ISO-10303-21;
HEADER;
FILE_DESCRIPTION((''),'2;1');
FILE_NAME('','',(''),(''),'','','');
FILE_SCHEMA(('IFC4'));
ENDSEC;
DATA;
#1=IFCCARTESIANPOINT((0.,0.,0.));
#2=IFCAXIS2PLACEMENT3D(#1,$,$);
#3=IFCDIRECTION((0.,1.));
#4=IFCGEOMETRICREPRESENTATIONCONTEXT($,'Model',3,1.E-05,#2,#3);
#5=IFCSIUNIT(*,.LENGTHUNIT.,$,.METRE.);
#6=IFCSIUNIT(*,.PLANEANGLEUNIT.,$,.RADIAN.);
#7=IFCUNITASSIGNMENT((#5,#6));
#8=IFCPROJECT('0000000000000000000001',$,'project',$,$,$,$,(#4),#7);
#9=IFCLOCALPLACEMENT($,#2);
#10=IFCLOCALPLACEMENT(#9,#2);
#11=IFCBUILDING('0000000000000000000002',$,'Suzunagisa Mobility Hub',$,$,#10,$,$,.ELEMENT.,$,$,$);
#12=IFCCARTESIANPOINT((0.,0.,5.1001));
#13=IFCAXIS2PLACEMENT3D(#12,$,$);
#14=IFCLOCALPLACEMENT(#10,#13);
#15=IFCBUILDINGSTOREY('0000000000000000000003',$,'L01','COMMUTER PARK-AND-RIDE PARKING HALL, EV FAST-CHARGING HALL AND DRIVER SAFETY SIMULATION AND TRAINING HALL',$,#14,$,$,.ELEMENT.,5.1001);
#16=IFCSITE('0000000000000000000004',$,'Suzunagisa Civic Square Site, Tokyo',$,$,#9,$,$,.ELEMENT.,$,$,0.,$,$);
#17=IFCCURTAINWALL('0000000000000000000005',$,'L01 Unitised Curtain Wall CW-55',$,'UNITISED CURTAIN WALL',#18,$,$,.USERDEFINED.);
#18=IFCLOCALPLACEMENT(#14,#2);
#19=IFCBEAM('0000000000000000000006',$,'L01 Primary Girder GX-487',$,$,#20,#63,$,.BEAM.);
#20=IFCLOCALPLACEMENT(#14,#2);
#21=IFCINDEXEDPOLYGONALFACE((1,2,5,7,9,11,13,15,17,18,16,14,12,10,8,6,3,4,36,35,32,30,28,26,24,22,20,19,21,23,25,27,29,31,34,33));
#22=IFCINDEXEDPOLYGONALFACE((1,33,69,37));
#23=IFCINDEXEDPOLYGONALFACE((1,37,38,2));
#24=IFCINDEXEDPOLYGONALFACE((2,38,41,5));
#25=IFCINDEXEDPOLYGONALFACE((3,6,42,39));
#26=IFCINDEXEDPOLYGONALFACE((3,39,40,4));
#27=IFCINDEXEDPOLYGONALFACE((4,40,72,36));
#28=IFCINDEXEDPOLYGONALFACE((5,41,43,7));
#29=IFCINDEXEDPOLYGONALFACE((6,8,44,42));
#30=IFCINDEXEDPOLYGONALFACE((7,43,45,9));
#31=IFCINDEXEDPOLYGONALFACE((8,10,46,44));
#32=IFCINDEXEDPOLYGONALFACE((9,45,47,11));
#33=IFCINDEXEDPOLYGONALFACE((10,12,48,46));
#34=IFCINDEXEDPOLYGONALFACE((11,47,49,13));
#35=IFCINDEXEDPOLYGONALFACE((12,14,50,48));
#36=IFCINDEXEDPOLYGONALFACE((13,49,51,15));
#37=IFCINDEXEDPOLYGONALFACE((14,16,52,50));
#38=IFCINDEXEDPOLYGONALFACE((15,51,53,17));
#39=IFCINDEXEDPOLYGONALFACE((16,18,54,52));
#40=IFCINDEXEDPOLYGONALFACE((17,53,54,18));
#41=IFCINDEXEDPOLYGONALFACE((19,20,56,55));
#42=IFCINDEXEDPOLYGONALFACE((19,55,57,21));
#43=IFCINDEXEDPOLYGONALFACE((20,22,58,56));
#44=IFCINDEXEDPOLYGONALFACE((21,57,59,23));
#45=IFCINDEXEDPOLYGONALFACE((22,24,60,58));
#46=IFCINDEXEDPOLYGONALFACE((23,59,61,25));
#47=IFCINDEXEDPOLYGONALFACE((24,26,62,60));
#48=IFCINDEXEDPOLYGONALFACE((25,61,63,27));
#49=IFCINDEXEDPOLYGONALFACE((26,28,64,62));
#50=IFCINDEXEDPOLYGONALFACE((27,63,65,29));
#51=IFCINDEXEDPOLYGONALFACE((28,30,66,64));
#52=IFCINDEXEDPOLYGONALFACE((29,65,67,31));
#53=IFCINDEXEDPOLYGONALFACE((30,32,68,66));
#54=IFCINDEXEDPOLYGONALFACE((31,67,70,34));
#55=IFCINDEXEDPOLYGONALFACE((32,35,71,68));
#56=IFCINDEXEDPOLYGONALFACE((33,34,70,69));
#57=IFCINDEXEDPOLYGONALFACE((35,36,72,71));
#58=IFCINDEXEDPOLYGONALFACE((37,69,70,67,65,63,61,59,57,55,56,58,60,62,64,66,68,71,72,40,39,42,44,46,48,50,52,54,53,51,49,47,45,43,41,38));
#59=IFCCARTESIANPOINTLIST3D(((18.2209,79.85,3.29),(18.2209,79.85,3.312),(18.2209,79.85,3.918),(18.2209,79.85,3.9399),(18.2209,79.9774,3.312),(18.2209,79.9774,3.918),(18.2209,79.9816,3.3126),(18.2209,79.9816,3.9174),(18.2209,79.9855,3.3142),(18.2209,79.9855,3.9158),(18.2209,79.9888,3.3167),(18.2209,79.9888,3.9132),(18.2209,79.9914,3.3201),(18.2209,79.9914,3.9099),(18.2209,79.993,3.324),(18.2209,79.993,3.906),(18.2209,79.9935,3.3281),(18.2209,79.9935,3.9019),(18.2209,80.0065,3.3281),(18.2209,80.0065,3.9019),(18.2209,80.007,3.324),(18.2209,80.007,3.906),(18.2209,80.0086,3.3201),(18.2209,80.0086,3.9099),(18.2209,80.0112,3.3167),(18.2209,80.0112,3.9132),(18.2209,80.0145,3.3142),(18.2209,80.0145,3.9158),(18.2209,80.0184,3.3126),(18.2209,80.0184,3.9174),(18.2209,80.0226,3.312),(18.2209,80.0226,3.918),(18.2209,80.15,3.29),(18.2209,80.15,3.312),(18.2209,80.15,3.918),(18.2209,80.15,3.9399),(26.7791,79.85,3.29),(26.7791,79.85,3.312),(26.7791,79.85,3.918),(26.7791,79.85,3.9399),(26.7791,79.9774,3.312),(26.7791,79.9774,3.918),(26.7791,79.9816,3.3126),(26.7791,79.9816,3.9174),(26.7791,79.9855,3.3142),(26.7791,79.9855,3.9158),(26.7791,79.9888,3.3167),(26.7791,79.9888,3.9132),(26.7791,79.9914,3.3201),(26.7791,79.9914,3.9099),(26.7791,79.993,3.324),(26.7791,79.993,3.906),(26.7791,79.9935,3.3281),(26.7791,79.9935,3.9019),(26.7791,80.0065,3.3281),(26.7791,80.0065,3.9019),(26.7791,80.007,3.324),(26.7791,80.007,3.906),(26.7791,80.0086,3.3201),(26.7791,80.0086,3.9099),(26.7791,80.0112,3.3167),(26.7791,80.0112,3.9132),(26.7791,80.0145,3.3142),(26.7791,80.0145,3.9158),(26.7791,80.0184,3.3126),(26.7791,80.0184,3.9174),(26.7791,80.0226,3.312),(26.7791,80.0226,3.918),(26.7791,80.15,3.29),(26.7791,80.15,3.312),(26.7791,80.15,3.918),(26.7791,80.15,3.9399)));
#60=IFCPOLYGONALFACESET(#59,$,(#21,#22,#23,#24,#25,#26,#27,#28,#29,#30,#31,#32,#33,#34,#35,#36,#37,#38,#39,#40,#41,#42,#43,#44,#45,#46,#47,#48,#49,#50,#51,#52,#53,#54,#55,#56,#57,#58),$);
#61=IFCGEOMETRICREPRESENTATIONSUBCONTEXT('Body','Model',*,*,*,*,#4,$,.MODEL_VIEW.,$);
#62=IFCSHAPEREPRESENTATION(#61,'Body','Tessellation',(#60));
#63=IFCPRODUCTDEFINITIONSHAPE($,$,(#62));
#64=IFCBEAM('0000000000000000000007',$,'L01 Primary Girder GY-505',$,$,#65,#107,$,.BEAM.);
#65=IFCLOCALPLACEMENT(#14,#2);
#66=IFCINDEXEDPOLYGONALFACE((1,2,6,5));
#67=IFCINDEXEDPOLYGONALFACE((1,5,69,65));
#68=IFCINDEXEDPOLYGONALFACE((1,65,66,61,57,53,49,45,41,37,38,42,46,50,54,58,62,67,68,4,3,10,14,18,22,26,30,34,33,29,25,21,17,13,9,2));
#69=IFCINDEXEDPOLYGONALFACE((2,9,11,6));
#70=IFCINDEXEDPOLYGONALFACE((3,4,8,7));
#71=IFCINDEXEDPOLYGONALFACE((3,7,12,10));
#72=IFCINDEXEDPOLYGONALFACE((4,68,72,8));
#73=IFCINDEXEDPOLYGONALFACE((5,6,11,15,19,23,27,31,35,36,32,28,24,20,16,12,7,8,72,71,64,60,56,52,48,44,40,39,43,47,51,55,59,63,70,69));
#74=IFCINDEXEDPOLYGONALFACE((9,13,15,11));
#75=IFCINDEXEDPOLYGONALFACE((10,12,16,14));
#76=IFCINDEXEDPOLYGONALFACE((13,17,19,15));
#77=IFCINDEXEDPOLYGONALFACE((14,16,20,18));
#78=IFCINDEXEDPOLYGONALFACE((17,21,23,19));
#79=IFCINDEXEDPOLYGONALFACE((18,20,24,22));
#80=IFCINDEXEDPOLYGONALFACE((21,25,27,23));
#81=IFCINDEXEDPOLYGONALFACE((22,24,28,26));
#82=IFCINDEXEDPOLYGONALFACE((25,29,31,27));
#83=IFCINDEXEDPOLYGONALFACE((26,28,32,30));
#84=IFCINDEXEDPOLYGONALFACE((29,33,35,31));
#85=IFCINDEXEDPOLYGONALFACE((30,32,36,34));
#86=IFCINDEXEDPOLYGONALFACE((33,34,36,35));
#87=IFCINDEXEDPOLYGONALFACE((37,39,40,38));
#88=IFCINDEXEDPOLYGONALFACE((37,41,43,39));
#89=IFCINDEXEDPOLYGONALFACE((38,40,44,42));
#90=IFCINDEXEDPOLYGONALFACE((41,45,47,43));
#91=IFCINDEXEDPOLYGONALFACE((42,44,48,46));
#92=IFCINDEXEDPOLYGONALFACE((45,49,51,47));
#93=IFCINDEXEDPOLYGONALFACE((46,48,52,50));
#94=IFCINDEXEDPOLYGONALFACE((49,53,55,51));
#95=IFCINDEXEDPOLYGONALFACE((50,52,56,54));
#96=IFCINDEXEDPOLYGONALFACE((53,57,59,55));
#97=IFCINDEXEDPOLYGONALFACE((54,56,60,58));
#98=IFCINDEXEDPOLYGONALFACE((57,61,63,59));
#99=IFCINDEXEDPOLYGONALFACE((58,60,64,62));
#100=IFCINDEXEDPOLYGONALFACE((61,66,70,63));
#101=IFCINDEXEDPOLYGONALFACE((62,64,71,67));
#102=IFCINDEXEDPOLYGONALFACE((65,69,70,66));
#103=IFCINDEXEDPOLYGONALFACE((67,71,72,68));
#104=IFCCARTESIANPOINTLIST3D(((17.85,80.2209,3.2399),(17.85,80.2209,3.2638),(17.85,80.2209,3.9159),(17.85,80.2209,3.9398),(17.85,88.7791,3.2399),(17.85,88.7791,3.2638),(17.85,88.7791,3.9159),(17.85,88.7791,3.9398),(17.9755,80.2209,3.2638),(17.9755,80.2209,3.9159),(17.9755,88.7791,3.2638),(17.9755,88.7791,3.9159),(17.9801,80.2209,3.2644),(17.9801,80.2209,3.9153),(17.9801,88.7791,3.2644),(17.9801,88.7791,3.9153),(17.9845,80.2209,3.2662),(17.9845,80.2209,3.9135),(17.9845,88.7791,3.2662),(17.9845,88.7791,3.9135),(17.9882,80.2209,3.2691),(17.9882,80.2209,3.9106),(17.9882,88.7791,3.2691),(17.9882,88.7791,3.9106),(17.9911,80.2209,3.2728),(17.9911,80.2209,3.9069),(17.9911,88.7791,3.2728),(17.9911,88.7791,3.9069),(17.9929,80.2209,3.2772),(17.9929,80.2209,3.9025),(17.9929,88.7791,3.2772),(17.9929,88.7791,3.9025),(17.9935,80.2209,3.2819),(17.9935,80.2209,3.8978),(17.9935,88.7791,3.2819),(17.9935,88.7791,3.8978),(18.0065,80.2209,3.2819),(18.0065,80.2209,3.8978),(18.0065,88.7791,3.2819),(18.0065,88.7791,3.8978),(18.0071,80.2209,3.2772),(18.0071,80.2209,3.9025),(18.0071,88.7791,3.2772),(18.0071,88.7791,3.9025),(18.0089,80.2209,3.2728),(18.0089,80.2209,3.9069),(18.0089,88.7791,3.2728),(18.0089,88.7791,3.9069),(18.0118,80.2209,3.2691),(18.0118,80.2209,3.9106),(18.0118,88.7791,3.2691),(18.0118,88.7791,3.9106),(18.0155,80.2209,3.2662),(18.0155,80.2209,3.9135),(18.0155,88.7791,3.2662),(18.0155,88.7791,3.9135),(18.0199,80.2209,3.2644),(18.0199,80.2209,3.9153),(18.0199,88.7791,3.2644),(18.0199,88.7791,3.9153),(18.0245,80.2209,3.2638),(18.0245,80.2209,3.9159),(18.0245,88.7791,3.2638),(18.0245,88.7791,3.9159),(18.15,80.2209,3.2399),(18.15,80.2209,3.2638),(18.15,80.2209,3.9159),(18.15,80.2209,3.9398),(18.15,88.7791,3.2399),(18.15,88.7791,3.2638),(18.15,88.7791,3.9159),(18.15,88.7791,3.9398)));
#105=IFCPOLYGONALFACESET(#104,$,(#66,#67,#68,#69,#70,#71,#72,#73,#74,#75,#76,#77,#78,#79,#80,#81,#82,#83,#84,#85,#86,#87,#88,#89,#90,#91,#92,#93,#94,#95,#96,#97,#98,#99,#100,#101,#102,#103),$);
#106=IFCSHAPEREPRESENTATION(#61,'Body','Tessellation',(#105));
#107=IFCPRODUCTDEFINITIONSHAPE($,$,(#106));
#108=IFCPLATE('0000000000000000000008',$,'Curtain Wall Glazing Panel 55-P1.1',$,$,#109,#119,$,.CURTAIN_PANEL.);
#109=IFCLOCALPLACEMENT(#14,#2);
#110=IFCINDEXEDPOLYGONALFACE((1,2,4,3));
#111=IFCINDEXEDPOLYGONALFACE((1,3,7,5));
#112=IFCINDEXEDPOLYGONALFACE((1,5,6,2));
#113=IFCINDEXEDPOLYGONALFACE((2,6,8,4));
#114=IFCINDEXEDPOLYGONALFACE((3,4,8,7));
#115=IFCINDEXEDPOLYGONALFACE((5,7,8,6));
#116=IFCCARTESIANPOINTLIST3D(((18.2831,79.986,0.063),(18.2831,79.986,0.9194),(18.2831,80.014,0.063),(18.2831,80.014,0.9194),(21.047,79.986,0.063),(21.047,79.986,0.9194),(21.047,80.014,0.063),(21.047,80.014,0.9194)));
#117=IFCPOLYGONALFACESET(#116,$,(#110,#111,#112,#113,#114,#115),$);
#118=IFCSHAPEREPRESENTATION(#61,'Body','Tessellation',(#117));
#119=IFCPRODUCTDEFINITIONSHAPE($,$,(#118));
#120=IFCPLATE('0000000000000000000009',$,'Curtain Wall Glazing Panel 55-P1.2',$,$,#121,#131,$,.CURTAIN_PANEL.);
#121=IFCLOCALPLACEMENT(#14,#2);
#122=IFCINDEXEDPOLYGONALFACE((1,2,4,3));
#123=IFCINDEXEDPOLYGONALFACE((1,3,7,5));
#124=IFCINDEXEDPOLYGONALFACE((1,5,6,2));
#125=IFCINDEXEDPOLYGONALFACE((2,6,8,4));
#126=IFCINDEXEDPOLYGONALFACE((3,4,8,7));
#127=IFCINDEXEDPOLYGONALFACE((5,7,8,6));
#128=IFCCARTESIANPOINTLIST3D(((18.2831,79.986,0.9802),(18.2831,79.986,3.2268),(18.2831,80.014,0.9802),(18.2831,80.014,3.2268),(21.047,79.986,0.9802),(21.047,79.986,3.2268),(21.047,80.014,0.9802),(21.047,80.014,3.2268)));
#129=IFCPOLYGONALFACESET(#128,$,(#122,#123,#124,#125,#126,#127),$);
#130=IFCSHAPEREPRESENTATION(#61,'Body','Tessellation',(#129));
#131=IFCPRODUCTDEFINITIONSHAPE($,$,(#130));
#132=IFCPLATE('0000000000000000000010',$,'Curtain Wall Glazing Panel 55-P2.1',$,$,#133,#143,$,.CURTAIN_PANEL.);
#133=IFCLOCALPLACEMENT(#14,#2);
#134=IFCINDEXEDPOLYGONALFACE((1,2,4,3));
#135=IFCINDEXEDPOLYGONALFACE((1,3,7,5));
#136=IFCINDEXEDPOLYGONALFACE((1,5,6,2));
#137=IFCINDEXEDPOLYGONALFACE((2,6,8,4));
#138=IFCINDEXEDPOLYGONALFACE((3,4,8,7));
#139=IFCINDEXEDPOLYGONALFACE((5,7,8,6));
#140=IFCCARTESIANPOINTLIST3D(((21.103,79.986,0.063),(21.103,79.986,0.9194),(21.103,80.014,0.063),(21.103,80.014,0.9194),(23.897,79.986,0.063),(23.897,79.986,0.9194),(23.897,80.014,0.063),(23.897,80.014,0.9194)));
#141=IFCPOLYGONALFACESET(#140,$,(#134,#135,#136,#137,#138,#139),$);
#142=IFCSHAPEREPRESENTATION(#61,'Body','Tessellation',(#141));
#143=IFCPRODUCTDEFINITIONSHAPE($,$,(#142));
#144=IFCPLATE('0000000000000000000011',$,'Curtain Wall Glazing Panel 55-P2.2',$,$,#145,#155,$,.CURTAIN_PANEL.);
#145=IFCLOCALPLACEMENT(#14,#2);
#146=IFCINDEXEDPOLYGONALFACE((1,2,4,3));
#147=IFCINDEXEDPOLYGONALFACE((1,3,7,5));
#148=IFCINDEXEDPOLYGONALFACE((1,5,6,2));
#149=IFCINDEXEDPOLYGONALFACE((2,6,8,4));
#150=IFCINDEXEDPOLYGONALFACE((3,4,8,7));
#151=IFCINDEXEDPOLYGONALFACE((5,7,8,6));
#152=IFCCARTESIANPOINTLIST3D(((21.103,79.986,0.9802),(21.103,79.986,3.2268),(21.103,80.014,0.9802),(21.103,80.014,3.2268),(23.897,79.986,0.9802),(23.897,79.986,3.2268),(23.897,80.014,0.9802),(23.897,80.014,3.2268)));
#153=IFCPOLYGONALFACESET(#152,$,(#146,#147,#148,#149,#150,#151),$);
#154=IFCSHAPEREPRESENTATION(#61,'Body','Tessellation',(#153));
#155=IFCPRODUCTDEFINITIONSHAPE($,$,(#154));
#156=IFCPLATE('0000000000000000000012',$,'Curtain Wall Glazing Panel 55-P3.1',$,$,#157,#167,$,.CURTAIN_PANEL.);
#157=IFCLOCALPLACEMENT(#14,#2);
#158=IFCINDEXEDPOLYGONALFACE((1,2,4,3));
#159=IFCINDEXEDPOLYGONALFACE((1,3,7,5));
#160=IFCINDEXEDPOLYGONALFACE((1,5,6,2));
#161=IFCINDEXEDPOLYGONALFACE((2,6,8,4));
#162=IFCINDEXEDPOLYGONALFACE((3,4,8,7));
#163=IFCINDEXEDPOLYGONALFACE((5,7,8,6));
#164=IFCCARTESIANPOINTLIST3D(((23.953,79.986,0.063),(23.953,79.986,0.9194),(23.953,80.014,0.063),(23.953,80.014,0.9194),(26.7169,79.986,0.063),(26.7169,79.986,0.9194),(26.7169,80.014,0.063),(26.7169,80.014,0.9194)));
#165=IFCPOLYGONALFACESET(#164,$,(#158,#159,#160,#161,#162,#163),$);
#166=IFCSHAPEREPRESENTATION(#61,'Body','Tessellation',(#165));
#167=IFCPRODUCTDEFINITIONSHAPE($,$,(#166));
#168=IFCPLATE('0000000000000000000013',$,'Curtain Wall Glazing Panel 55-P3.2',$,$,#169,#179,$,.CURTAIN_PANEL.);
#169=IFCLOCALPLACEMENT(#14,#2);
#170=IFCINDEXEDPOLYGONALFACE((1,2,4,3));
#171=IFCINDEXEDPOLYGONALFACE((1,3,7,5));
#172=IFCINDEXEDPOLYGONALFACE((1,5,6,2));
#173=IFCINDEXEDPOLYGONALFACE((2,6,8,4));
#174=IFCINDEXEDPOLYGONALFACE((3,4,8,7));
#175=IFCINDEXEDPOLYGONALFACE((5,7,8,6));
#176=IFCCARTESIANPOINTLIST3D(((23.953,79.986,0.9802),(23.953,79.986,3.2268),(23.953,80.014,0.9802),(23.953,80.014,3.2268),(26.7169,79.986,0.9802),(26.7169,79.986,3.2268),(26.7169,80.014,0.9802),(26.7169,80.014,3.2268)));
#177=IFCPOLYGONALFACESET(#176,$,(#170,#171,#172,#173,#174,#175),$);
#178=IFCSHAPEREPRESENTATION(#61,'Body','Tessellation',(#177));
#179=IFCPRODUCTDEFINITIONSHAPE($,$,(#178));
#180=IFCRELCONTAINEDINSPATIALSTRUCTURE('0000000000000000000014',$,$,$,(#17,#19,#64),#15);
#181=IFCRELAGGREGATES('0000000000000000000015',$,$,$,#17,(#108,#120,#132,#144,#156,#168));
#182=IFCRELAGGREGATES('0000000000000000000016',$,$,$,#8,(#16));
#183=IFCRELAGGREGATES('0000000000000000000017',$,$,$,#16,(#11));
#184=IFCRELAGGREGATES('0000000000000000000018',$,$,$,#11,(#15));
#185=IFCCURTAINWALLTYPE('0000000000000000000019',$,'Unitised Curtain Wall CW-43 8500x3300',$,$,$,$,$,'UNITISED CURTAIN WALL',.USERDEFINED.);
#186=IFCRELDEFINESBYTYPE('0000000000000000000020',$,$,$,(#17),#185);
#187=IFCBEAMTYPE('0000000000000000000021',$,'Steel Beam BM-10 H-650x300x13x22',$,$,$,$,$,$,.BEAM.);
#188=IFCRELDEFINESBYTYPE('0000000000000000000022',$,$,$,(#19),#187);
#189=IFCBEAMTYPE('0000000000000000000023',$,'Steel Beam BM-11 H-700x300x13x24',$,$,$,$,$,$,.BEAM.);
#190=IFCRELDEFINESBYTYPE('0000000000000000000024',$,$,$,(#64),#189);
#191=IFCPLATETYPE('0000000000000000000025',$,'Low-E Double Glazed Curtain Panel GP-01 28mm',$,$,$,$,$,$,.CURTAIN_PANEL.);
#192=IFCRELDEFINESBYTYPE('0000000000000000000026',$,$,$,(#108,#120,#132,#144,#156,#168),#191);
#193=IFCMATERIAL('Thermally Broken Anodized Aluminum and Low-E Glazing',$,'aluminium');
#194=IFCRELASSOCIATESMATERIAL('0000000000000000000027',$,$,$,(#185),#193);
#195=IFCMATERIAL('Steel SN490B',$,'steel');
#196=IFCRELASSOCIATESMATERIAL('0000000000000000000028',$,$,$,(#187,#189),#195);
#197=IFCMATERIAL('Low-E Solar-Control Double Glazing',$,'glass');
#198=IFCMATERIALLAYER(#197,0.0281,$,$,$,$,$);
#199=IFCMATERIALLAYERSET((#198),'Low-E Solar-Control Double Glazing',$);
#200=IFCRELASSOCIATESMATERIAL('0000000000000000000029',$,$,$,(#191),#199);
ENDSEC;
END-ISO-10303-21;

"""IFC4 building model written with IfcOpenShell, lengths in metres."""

from ifc_helpers import new_model, si_unit, direction, frame, origin, origin_2d, place, context, subcontext, project, spatial, rectangle, i_section, extrude, material, layer, layer_set, material_profile, profile_set, type_object, element, aggregate, save


model = new_model("IFC4")

# Units and contexts
model_context = context("Model", 3, precision=1e-05, world=origin(), true_north=direction((0.0, 1.0)))
body_context = subcontext(model_context, "Body", "Model", "MODEL_VIEW")
ifc_project = project(units=[si_unit("LENGTHUNIT", "METRE"), si_unit("PLANEANGLEUNIT", "RADIAN")], contexts=[model_context])

# Site, building, storey
site_placement = place(None, origin())
site = spatial("IfcSite", under=ifc_project, at=site_placement, Name="Suzunagisa Civic Square Site, Tokyo", CompositionType="ELEMENT", RefElevation=0.0)
building_placement = place(site_placement, origin())
building = spatial("IfcBuilding", under=site, at=building_placement, Name="Suzunagisa Mobility Hub", CompositionType="ELEMENT")
storey_placement = place(building_placement, frame((0.0, 0.0, 5.1001)))
storey = spatial("IfcBuildingStorey", under=building, at=storey_placement, Name="L01", Description="COMMUTER PARK-AND-RIDE PARKING HALL, EV FAST-CHARGING HALL AND DRIVER SAFETY SIMULATION AND TRAINING HALL", CompositionType="ELEMENT", Elevation=5.1001)

# Shared definitions
ifc_material_1 = material(Name="Steel SN490B", Category="steel")

# Curtain wall
ifc_material_2 = material(Name="Thermally Broken Anodized Aluminum and Low-E Glazing", Category="aluminium")
curtain_wall_type = type_object("IfcCurtainWallType", Name="Unitised Curtain Wall CW-43 8500x3300", ElementType="UNITISED CURTAIN WALL", PredefinedType="USERDEFINED", material=ifc_material_2)
curtain_wall_placement = place(storey_placement, origin())
curtain_wall = element("IfcCurtainWall", 1, at=curtain_wall_placement, inside=storey, type_object=curtain_wall_type, Name="L01 Unitised Curtain Wall CW-55", ObjectType="UNITISED CURTAIN WALL", PredefinedType="USERDEFINED")

# Beams
ifc_material_profile_1 = material_profile(ifc_material_1, i_section(OverallWidth=0.3, OverallDepth=0.6499, WebThickness=0.0129, FlangeThickness=0.022, FilletRadius=0.0161, at=origin_2d()), Name="H-650x300x13x22")
ifc_profile_set_1 = profile_set([ifc_material_profile_1], Name="Steel SN490B")
beam_type_1 = type_object("IfcBeamType", Name="Steel Beam BM-10 H-650x300x13x22", PredefinedType="BEAM", material=ifc_profile_set_1)
beam_1_placement = place(storey_placement, frame((18.2209, 80.0, 3.615), z_axis=(1.0, 0.0, 0.0), x_axis=(0.0, 1.0, 0.0)))
element("IfcBeam", 2, at=beam_1_placement, inside=storey, type_object=beam_type_1, Name="L01 Primary Girder GX-487", PredefinedType="BEAM", context=body_context, shape_type="SweptSolid", body=[
    extrude(i_section(OverallWidth=0.3, OverallDepth=0.6499, WebThickness=0.0129, FlangeThickness=0.022, FilletRadius=0.0161, at=origin_2d()), origin(), (0.0, 0.0, 1.0), 8.5581),
])
ifc_material_profile_2 = material_profile(ifc_material_1, i_section(OverallWidth=0.3, OverallDepth=0.7, WebThickness=0.0129, FlangeThickness=0.0239, FilletRadius=0.0181, at=origin_2d()), Name="H-700x300x13x24")
ifc_profile_set_2 = profile_set([ifc_material_profile_2], Name="Steel SN490B")
beam_type_2 = type_object("IfcBeamType", Name="Steel Beam BM-11 H-700x300x13x24", PredefinedType="BEAM", material=ifc_profile_set_2)
beam_2_placement = place(storey_placement, frame((18.0, 80.2209, 3.5898), z_axis=(0.0, 1.0, 0.0), x_axis=(-1.0, 0.0, 0.0)))
element("IfcBeam", 3, at=beam_2_placement, inside=storey, type_object=beam_type_2, Name="L01 Primary Girder GY-505", PredefinedType="BEAM", context=body_context, shape_type="SweptSolid", body=[
    extrude(i_section(OverallWidth=0.3, OverallDepth=0.7, WebThickness=0.0129, FlangeThickness=0.0239, FilletRadius=0.0181, at=origin_2d()), origin(), (0.0, 0.0, 1.0), 8.5581),
])

# Plates
ifc_material_3 = material(Name="Low-E Solar-Control Double Glazing", Category="glass")
ifc_layer = layer(ifc_material_3, 0.0281)
ifc_layer_set = layer_set([ifc_layer], Name="Low-E Solar-Control Double Glazing")
plate_type = type_object("IfcPlateType", Name="Low-E Double Glazed Curtain Panel GP-01 28mm", PredefinedType="CURTAIN_PANEL", material=ifc_layer_set)
plate_1_placement = place(storey_placement, frame((19.665, 80.0, 0.063), z_axis=(0.0, 0.0, 1.0), x_axis=(1.0, 0.0, 0.0)))
plate_1 = element("IfcPlate", 4, at=plate_1_placement, type_object=plate_type, Name="Curtain Wall Glazing Panel 55-P1.1", PredefinedType="CURTAIN_PANEL", context=body_context, shape_type="SweptSolid", body=[
    extrude(rectangle(XDim=2.7639, YDim=0.0281, at=origin_2d()), origin(), (0.0, 0.0, 1.0), 0.8564),
])
plate_2_placement = place(storey_placement, frame((19.665, 80.0, 0.9802), z_axis=(0.0, 0.0, 1.0), x_axis=(1.0, 0.0, 0.0)))
plate_2 = element("IfcPlate", 5, at=plate_2_placement, type_object=plate_type, Name="Curtain Wall Glazing Panel 55-P1.2", PredefinedType="CURTAIN_PANEL", context=body_context, shape_type="SweptSolid", body=[
    extrude(rectangle(XDim=2.7639, YDim=0.0281, at=origin_2d()), origin(), (0.0, 0.0, 1.0), 2.2466),
])
plate_3_placement = place(storey_placement, frame((22.5, 80.0, 0.063), z_axis=(0.0, 0.0, 1.0), x_axis=(1.0, 0.0, 0.0)))
plate_3 = element("IfcPlate", 6, at=plate_3_placement, type_object=plate_type, Name="Curtain Wall Glazing Panel 55-P2.1", PredefinedType="CURTAIN_PANEL", context=body_context, shape_type="SweptSolid", body=[
    extrude(rectangle(XDim=2.7939, YDim=0.0281, at=origin_2d()), origin(), (0.0, 0.0, 1.0), 0.8564),
])
plate_4_placement = place(storey_placement, frame((22.5, 80.0, 0.9802), z_axis=(0.0, 0.0, 1.0), x_axis=(1.0, 0.0, 0.0)))
plate_4 = element("IfcPlate", 7, at=plate_4_placement, type_object=plate_type, Name="Curtain Wall Glazing Panel 55-P2.2", PredefinedType="CURTAIN_PANEL", context=body_context, shape_type="SweptSolid", body=[
    extrude(rectangle(XDim=2.7939, YDim=0.0281, at=origin_2d()), origin(), (0.0, 0.0, 1.0), 2.2466),
])
plate_5_placement = place(storey_placement, frame((25.335, 80.0, 0.063), z_axis=(0.0, 0.0, 1.0), x_axis=(1.0, 0.0, 0.0)))
plate_5 = element("IfcPlate", 8, at=plate_5_placement, type_object=plate_type, Name="Curtain Wall Glazing Panel 55-P3.1", PredefinedType="CURTAIN_PANEL", context=body_context, shape_type="SweptSolid", body=[
    extrude(rectangle(XDim=2.7639, YDim=0.0281, at=origin_2d()), origin(), (0.0, 0.0, 1.0), 0.8564),
])
plate_6_placement = place(storey_placement, frame((25.335, 80.0, 0.9802), z_axis=(0.0, 0.0, 1.0), x_axis=(1.0, 0.0, 0.0)))
plate_6 = element("IfcPlate", 9, at=plate_6_placement, type_object=plate_type, Name="Curtain Wall Glazing Panel 55-P3.2", PredefinedType="CURTAIN_PANEL", context=body_context, shape_type="SweptSolid", body=[
    extrude(rectangle(XDim=2.7639, YDim=0.0281, at=origin_2d()), origin(), (0.0, 0.0, 1.0), 2.2466),
])
aggregate(curtain_wall, [plate_1, plate_2, plate_3, plate_4, plate_5, plate_6])

save(model, "model.ifc")
